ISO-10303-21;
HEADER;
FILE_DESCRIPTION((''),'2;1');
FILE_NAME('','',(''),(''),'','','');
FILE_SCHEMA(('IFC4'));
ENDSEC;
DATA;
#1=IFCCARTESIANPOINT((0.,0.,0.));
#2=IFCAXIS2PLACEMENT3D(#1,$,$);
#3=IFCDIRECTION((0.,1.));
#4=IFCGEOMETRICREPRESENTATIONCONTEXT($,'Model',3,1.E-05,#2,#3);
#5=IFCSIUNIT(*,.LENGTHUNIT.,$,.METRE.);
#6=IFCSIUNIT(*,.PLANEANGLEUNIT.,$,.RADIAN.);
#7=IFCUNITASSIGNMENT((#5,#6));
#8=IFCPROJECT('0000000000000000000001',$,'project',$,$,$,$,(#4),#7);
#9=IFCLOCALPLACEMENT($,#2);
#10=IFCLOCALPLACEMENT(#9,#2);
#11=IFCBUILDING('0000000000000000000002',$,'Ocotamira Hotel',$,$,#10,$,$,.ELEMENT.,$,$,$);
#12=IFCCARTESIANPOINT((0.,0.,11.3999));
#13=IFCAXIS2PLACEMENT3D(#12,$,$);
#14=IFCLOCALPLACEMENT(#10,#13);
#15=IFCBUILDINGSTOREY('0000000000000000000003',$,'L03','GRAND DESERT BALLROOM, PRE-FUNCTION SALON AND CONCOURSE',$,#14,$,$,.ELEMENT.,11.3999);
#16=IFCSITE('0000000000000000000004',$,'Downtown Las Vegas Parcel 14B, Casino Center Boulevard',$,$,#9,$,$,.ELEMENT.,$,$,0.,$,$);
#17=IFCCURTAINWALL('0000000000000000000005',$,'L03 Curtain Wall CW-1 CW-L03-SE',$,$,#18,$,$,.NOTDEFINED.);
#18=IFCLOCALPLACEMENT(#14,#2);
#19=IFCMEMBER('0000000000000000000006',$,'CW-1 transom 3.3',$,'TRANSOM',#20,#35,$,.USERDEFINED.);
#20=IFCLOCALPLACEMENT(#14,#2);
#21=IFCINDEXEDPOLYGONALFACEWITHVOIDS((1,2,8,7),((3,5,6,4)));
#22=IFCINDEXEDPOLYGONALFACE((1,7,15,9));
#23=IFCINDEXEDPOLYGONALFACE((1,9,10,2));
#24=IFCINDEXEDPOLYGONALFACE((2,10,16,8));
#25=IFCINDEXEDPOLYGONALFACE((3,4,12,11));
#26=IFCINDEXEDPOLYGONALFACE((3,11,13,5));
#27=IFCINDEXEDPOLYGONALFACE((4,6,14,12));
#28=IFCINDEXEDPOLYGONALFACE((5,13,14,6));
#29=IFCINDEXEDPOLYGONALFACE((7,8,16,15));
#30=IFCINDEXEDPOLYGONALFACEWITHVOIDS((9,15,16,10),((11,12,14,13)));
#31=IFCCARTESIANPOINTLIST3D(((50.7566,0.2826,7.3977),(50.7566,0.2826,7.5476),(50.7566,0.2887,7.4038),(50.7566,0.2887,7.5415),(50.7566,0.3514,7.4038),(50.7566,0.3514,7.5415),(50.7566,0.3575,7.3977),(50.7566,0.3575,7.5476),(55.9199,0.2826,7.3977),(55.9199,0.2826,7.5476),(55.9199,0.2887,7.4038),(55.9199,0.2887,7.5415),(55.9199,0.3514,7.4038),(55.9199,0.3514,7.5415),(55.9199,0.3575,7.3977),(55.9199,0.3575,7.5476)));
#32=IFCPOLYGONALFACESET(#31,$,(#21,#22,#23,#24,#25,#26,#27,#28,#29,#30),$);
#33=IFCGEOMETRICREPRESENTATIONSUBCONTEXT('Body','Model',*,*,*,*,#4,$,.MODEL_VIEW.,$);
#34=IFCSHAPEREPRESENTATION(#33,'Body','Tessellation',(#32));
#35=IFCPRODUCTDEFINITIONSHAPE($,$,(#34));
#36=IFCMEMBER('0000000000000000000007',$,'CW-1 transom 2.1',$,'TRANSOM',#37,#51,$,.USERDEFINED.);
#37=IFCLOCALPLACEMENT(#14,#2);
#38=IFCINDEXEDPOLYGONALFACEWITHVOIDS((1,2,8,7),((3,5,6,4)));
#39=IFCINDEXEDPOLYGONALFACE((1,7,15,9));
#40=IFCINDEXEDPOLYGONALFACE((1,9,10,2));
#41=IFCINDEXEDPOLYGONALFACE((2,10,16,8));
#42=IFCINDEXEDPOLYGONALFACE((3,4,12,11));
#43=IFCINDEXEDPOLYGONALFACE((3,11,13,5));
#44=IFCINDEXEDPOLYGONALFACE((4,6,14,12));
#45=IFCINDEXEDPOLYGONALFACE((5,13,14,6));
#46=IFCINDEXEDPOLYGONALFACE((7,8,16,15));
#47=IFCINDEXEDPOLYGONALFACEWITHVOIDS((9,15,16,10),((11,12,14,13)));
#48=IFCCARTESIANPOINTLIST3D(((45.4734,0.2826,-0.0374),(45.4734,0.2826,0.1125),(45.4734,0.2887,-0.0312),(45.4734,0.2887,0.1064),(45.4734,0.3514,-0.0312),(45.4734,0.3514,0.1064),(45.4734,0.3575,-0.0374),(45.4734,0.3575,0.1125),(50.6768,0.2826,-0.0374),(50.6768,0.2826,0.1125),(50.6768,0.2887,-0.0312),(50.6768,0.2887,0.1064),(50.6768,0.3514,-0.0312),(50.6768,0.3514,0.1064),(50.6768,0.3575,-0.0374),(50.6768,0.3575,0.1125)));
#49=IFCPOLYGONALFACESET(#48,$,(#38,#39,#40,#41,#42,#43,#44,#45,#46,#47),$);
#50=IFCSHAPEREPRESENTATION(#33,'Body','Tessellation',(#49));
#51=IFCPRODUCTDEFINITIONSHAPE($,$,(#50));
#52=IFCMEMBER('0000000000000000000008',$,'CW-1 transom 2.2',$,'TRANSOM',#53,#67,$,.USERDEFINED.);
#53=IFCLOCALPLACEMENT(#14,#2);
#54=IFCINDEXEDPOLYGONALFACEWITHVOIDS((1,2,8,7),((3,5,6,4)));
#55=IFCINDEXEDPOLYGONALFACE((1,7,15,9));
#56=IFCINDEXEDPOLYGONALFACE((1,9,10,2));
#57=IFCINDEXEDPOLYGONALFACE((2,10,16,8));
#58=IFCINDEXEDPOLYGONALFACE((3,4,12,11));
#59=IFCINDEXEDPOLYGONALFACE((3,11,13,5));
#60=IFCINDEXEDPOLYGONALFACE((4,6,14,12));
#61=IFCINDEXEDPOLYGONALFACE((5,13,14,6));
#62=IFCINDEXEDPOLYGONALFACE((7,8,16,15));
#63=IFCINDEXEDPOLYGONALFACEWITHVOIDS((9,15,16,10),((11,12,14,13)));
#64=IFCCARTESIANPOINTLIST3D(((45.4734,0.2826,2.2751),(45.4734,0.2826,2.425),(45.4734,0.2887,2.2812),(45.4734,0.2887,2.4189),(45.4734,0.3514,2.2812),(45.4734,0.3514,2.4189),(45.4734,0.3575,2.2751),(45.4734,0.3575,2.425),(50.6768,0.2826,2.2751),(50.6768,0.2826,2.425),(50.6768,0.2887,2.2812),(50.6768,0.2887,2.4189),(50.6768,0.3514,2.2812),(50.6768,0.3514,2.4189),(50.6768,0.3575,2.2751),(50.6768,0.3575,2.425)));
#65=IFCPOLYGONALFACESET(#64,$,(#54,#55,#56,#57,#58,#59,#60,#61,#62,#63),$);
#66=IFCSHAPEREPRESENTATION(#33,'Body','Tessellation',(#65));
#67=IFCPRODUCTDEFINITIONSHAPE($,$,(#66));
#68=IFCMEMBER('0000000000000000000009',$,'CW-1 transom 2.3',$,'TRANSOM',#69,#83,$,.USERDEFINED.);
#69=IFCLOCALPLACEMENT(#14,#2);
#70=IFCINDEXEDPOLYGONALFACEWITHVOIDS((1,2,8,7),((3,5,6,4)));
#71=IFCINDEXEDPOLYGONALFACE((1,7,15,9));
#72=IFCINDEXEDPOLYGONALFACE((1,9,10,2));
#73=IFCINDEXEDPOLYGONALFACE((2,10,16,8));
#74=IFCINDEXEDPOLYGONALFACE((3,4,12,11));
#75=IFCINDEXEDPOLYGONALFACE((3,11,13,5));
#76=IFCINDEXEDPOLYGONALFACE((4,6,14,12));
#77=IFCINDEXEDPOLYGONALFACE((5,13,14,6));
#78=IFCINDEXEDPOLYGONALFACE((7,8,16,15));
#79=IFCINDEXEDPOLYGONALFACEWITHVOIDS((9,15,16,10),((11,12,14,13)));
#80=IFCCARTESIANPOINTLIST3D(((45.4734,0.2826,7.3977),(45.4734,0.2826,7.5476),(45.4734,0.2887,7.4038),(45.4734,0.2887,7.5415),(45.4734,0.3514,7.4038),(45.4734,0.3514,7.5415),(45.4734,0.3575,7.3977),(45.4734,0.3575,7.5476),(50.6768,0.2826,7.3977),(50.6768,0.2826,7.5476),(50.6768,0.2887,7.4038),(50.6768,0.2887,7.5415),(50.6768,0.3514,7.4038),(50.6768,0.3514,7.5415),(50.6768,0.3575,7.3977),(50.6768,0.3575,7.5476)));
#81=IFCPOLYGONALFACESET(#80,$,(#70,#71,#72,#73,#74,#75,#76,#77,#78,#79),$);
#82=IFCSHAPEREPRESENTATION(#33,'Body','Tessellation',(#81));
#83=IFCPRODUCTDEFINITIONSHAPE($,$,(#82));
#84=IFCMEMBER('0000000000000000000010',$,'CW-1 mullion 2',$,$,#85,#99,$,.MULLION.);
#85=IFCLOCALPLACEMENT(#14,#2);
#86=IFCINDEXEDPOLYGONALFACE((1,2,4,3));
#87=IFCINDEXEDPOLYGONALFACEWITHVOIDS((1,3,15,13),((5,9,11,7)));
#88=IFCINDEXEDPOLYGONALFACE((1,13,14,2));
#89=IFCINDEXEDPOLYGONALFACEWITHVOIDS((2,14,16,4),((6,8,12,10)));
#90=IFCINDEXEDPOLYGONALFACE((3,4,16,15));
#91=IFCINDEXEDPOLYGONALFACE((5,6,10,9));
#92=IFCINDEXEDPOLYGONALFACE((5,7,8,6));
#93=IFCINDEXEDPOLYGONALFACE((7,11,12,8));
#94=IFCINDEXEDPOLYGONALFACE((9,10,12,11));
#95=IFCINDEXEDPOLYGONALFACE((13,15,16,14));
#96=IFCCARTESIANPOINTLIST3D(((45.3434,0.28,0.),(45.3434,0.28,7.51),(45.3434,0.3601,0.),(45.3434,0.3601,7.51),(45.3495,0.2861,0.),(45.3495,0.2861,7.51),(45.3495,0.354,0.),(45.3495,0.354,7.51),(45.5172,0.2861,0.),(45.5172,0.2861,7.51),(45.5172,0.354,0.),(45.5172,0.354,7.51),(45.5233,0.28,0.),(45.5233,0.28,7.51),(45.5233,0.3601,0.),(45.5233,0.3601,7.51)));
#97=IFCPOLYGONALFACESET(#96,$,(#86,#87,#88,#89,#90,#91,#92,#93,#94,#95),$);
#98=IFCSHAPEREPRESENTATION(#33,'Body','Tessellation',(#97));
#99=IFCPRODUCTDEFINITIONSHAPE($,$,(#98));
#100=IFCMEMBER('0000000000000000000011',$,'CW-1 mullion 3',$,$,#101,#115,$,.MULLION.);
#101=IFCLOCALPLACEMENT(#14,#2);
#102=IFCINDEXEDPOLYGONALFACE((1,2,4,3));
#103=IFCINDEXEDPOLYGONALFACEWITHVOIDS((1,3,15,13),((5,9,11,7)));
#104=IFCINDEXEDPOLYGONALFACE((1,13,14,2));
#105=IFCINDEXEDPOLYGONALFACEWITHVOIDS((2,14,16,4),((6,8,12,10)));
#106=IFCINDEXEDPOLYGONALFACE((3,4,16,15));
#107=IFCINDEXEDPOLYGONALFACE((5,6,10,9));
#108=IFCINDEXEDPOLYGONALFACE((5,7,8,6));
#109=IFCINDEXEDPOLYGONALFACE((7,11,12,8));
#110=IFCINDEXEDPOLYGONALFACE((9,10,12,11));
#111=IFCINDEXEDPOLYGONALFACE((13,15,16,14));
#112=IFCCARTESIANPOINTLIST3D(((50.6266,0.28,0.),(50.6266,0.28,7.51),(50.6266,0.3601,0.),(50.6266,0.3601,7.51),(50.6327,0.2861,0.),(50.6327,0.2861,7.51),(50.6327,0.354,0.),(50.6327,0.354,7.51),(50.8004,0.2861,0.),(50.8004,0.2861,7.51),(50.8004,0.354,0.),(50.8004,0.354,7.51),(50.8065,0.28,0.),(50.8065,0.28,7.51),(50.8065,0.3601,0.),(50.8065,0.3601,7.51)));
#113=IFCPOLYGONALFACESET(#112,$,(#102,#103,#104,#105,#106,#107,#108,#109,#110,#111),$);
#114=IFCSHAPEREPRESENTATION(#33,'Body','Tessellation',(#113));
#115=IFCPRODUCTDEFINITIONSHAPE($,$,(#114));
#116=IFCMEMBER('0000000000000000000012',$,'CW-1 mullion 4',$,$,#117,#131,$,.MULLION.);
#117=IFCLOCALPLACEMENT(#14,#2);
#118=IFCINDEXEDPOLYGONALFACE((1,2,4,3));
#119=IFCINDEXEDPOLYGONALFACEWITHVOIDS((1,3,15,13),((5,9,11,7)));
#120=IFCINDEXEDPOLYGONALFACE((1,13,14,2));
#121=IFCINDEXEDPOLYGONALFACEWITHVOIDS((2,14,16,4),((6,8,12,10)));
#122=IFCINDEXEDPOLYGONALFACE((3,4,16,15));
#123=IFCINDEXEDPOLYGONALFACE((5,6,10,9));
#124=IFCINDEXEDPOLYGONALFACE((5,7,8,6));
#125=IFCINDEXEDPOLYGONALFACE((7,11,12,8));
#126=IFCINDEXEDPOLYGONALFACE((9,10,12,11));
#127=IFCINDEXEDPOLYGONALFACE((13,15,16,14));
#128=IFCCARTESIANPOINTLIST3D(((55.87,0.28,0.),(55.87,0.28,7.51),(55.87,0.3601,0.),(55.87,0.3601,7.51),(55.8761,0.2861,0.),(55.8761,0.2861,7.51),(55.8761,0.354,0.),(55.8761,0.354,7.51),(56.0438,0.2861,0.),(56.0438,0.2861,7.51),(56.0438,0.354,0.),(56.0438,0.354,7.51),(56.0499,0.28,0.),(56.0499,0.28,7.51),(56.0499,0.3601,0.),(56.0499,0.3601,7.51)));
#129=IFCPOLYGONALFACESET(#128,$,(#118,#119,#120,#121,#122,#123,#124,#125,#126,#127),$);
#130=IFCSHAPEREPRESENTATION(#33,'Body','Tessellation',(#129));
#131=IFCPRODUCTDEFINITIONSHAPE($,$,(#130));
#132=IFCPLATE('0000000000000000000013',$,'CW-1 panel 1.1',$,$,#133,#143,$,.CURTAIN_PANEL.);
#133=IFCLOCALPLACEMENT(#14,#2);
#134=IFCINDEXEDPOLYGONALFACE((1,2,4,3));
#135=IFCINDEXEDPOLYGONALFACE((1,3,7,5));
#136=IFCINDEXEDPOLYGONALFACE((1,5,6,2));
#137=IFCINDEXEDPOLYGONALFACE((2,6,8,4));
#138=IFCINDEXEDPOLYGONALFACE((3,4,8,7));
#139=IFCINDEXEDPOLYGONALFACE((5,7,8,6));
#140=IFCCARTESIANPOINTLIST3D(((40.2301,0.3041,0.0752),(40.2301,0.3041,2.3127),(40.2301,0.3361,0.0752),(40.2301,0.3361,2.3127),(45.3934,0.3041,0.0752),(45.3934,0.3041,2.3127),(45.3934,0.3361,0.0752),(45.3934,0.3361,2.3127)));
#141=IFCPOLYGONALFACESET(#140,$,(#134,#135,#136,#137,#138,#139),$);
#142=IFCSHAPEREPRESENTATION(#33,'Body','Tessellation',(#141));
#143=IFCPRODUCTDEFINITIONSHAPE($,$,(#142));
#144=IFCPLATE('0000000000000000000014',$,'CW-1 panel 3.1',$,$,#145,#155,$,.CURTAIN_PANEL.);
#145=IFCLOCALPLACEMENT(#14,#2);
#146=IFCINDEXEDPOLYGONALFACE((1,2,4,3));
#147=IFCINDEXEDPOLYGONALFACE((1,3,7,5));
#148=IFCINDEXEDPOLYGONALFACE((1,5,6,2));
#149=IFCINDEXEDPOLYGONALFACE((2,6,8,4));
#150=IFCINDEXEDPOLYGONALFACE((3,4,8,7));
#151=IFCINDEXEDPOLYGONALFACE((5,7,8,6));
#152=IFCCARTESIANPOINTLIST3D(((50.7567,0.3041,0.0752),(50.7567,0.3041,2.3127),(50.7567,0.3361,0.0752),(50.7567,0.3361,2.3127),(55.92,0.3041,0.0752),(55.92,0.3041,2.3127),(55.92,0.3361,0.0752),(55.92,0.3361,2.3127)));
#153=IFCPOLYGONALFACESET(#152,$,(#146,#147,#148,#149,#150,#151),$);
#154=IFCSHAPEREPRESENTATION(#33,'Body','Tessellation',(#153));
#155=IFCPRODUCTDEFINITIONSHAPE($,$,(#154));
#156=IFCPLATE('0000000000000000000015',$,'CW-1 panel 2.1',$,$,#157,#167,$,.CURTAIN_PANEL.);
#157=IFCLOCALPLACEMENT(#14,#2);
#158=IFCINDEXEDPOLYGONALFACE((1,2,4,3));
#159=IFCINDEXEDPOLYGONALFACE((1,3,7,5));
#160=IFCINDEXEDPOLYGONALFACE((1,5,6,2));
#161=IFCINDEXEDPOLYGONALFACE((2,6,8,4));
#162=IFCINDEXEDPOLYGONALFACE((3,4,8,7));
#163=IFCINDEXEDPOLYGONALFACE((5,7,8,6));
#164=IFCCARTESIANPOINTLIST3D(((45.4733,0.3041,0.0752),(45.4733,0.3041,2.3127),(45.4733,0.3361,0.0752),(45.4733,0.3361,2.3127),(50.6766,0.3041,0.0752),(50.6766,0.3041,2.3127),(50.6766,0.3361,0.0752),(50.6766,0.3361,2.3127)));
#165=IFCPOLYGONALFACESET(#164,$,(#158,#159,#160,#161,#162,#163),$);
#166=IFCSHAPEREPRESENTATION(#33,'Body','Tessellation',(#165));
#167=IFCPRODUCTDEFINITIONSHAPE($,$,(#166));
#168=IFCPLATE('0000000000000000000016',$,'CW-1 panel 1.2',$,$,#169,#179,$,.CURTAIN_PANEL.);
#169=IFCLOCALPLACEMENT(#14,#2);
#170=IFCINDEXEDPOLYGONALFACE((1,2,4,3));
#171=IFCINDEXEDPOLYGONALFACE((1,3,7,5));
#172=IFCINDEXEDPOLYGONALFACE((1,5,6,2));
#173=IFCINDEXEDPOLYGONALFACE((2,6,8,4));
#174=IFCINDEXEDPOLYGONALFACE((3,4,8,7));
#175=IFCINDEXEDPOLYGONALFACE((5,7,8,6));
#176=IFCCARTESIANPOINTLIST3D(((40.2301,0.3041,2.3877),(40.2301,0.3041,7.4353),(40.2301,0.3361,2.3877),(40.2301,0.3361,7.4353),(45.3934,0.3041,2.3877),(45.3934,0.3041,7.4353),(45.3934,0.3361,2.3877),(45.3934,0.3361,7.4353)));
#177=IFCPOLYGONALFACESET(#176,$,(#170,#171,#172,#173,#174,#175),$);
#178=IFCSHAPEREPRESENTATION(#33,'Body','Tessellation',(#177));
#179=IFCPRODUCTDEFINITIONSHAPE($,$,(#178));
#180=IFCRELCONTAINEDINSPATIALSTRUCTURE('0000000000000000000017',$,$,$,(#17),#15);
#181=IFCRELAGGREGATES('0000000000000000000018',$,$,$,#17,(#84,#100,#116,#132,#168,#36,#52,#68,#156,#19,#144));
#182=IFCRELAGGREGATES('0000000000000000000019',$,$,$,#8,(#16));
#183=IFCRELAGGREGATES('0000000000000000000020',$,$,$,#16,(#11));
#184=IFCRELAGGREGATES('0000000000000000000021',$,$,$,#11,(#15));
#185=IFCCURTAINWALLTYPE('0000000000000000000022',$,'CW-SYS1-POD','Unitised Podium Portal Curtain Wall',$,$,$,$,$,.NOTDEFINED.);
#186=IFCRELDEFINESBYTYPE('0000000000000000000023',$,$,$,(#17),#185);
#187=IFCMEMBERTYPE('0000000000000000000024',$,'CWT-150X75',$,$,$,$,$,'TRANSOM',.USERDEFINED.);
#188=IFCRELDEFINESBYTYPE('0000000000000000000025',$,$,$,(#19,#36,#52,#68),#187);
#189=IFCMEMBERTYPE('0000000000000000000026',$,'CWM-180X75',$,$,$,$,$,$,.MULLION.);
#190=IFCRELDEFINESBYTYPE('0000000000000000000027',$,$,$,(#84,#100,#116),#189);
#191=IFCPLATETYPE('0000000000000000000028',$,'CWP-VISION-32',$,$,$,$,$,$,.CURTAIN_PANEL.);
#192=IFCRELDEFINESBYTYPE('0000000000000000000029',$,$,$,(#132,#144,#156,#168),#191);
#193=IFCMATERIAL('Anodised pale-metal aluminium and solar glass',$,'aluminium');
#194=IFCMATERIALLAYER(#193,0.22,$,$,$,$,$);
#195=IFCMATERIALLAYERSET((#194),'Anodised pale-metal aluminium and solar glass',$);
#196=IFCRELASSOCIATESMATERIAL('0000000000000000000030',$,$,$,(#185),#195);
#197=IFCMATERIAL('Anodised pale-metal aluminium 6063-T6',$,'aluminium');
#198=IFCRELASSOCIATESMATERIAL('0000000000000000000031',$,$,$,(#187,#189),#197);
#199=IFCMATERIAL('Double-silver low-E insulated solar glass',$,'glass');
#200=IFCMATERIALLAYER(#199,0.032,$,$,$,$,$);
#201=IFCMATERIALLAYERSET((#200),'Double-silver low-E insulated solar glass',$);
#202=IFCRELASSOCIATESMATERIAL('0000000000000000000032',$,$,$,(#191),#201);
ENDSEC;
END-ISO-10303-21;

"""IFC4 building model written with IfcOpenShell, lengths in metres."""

from ifc_helpers import new_model, si_unit, direction, frame, origin, origin_2d, place, context, subcontext, project, spatial, rectangle, hollow_rectangle, extrude, source, transform, mapped, material, layer, layer_set, material_profile, profile_set, type_object, element, aggregate, save


model = new_model("IFC4")

# Units and contexts
model_context = context("Model", 3, precision=1e-05, world=origin(), true_north=direction((0.0, 1.0)))
body_context = subcontext(model_context, "Body", "Model", "MODEL_VIEW")
ifc_project = project(units=[si_unit("LENGTHUNIT", "METRE"), si_unit("PLANEANGLEUNIT", "RADIAN")], contexts=[model_context])

# Site, building, storey
site_placement = place(None, origin())
site = spatial("IfcSite", under=ifc_project, at=site_placement, Name="Downtown Las Vegas Parcel 14B, Casino Center Boulevard", CompositionType="ELEMENT", RefElevation=0.0)
building_placement = place(site_placement, origin())
building = spatial("IfcBuilding", under=site, at=building_placement, Name="Ocotamira Hotel", CompositionType="ELEMENT")
storey_placement = place(building_placement, frame((0.0, 0.0, 11.3999)))
storey = spatial("IfcBuildingStorey", under=building, at=storey_placement, Name="L03", Description="GRAND DESERT BALLROOM, PRE-FUNCTION SALON AND CONCOURSE", CompositionType="ELEMENT", Elevation=11.3999)

# Curtain wall, members, plates
ifc_material_1 = material(Name="Anodised pale-metal aluminium and solar glass", Category="aluminium")
ifc_layer_1 = layer(ifc_material_1, 0.22)
ifc_layer_set_1 = layer_set([ifc_layer_1], Name="Anodised pale-metal aluminium and solar glass")
curtain_wall_type = type_object("IfcCurtainWallType", Name="CW-SYS1-POD", Description="Unitised Podium Portal Curtain Wall", PredefinedType="NOTDEFINED", material=ifc_layer_set_1)
curtain_wall_placement = place(storey_placement, origin())
curtain_wall = element("IfcCurtainWall", 1, at=curtain_wall_placement, inside=storey, type_object=curtain_wall_type, Name="L03 Curtain Wall CW-1 CW-L03-SE", PredefinedType="NOTDEFINED")
ifc_material_2 = material(Name="Anodised pale-metal aluminium 6063-T6", Category="aluminium")
ifc_material_profile_1 = material_profile(ifc_material_2, hollow_rectangle(XDim=0.075, YDim=0.1499, WallThickness=0.0061, at=origin_2d()), Name="HSS150X75X6")
ifc_profile_set_1 = profile_set([ifc_material_profile_1], Name="Anodised pale-metal aluminium 6063-T6")
member_type_1 = type_object("IfcMemberType", Name="CWT-150X75", ElementType="TRANSOM", PredefinedType="USERDEFINED", material=ifc_profile_set_1)
shared_shape_1 = source(origin(), body_context, "Body", "SweptSolid", [
    extrude(hollow_rectangle(XDim=0.075, YDim=0.1499, WallThickness=0.0061, at=origin_2d()), origin(), (0.0, 0.0, 1.0), 5.1633),
])
member_1_placement = place(storey_placement, frame((50.7566, 0.3201, 7.4727), z_axis=(1.0, 0.0, 0.0), x_axis=(0.0, 1.0, 0.0)))
member_1 = element("IfcMember", 2, at=member_1_placement, type_object=member_type_1, Name="CW-1 transom 3.3", ObjectType="TRANSOM", PredefinedType="USERDEFINED", context=body_context, shape_type="MappedRepresentation", body=[
    mapped(shared_shape_1, transform((0.0, 0.0, 0.0), scale=1.0)),
])
shared_shape_2 = source(origin(), body_context, "Body", "SweptSolid", [
    extrude(hollow_rectangle(XDim=0.075, YDim=0.1499, WallThickness=0.0061, at=origin_2d()), origin(), (0.0, 0.0, 1.0), 5.2034),
])
member_2_placement = place(storey_placement, frame((45.4734, 0.3201, 0.0376), z_axis=(1.0, 0.0, 0.0), x_axis=(0.0, 1.0, 0.0)))
member_2 = element("IfcMember", 3, at=member_2_placement, type_object=member_type_1, Name="CW-1 transom 2.1", ObjectType="TRANSOM", PredefinedType="USERDEFINED", context=body_context, shape_type="MappedRepresentation", body=[
    mapped(shared_shape_2, transform((0.0, 0.0, 0.0), scale=1.0)),
])
member_3_placement = place(storey_placement, frame((45.4734, 0.3201, 2.3501), z_axis=(1.0, 0.0, 0.0), x_axis=(0.0, 1.0, 0.0)))
member_3 = element("IfcMember", 4, at=member_3_placement, type_object=member_type_1, Name="CW-1 transom 2.2", ObjectType="TRANSOM", PredefinedType="USERDEFINED", context=body_context, shape_type="MappedRepresentation", body=[
    mapped(shared_shape_2, transform((0.0, 0.0, 0.0), scale=1.0)),
])
member_4_placement = place(storey_placement, frame((45.4734, 0.3201, 7.4727), z_axis=(1.0, 0.0, 0.0), x_axis=(0.0, 1.0, 0.0)))
member_4 = element("IfcMember", 5, at=member_4_placement, type_object=member_type_1, Name="CW-1 transom 2.3", ObjectType="TRANSOM", PredefinedType="USERDEFINED", context=body_context, shape_type="MappedRepresentation", body=[
    mapped(shared_shape_2, transform((0.0, 0.0, 0.0), scale=1.0)),
])
ifc_material_profile_2 = material_profile(ifc_material_2, hollow_rectangle(XDim=0.0801, YDim=0.1799, WallThickness=0.0061, at=origin_2d()), Name="HSS180X80X6")
ifc_profile_set_2 = profile_set([ifc_material_profile_2], Name="Anodised pale-metal aluminium 6063-T6")
member_type_2 = type_object("IfcMemberType", Name="CWM-180X75", PredefinedType="MULLION", material=ifc_profile_set_2)
shared_shape_3 = source(origin(), body_context, "Body", "SweptSolid", [
    extrude(hollow_rectangle(XDim=0.0801, YDim=0.1799, WallThickness=0.0061, at=origin_2d()), origin(), (0.0, 0.0, 1.0), 7.51),
])
member_5_placement = place(storey_placement, frame((45.4333, 0.3201, 0.0), z_axis=(0.0, 0.0, 1.0), x_axis=(0.0, 1.0, 0.0)))
member_5 = element("IfcMember", 6, at=member_5_placement, type_object=member_type_2, Name="CW-1 mullion 2", PredefinedType="MULLION", context=body_context, shape_type="MappedRepresentation", body=[
    mapped(shared_shape_3, transform((0.0, 0.0, 0.0), scale=1.0)),
])
member_6_placement = place(storey_placement, frame((50.7166, 0.3201, 0.0), z_axis=(0.0, 0.0, 1.0), x_axis=(0.0, 1.0, 0.0)))
member_6 = element("IfcMember", 7, at=member_6_placement, type_object=member_type_2, Name="CW-1 mullion 3", PredefinedType="MULLION", context=body_context, shape_type="MappedRepresentation", body=[
    mapped(shared_shape_3, transform((0.0, 0.0, 0.0), scale=1.0)),
])
member_7_placement = place(storey_placement, frame((55.96, 0.3201, 0.0), z_axis=(0.0, 0.0, 1.0), x_axis=(0.0, 1.0, 0.0)))
member_7 = element("IfcMember", 8, at=member_7_placement, type_object=member_type_2, Name="CW-1 mullion 4", PredefinedType="MULLION", context=body_context, shape_type="MappedRepresentation", body=[
    mapped(shared_shape_3, transform((0.0, 0.0, 0.0), scale=1.0)),
])
ifc_material_3 = material(Name="Double-silver low-E insulated solar glass", Category="glass")
ifc_layer_2 = layer(ifc_material_3, 0.032)
ifc_layer_set_2 = layer_set([ifc_layer_2], Name="Double-silver low-E insulated solar glass")
plate_type = type_object("IfcPlateType", Name="CWP-VISION-32", PredefinedType="CURTAIN_PANEL", material=ifc_layer_set_2)
shared_shape_4 = source(origin(), body_context, "Body", "SweptSolid", [
    extrude(rectangle(XDim=5.1633, YDim=0.032, at=origin_2d()), origin(), (0.0, 0.0, 1.0), 2.2375),
])
plate_1_placement = place(storey_placement, frame((42.8118, 0.3201, 0.0752), z_axis=(0.0, 0.0, 1.0), x_axis=(1.0, 0.0, 0.0)))
plate_1 = element("IfcPlate", 9, at=plate_1_placement, type_object=plate_type, Name="CW-1 panel 1.1", PredefinedType="CURTAIN_PANEL", context=body_context, shape_type="MappedRepresentation", body=[
    mapped(shared_shape_4, transform((0.0, 0.0, 0.0), scale=1.0)),
])
plate_2_placement = place(storey_placement, frame((53.3384, 0.3201, 0.0752), z_axis=(0.0, 0.0, 1.0), x_axis=(1.0, 0.0, 0.0)))
plate_2 = element("IfcPlate", 10, at=plate_2_placement, type_object=plate_type, Name="CW-1 panel 3.1", PredefinedType="CURTAIN_PANEL", context=body_context, shape_type="MappedRepresentation", body=[
    mapped(shared_shape_4, transform((0.0, 0.0, 0.0), scale=1.0)),
])
shared_shape_5 = source(origin(), body_context, "Body", "SweptSolid", [
    extrude(rectangle(XDim=5.2034, YDim=0.032, at=origin_2d()), origin(), (0.0, 0.0, 1.0), 2.2375),
])
plate_3_placement = place(storey_placement, frame((48.075, 0.3201, 0.0752), z_axis=(0.0, 0.0, 1.0), x_axis=(1.0, 0.0, 0.0)))
plate_3 = element("IfcPlate", 11, at=plate_3_placement, type_object=plate_type, Name="CW-1 panel 2.1", PredefinedType="CURTAIN_PANEL", context=body_context, shape_type="MappedRepresentation", body=[
    mapped(shared_shape_5, transform((0.0, 0.0, 0.0), scale=1.0)),
])
shared_shape_6 = source(origin(), body_context, "Body", "SweptSolid", [
    extrude(rectangle(XDim=5.1633, YDim=0.032, at=origin_2d()), origin(), (0.0, 0.0, 1.0), 5.0476),
])
plate_4_placement = place(storey_placement, frame((42.8118, 0.3201, 2.3877), z_axis=(0.0, 0.0, 1.0), x_axis=(1.0, 0.0, 0.0)))
plate_4 = element("IfcPlate", 12, at=plate_4_placement, type_object=plate_type, Name="CW-1 panel 1.2", PredefinedType="CURTAIN_PANEL", context=body_context, shape_type="MappedRepresentation", body=[
    mapped(shared_shape_6, transform((0.0, 0.0, 0.0), scale=1.0)),
])
aggregate(curtain_wall, [member_5, member_6, member_7, plate_1, plate_4, member_2, member_3, member_4, plate_3, member_1, plate_2])

save(model, "model.ifc")
